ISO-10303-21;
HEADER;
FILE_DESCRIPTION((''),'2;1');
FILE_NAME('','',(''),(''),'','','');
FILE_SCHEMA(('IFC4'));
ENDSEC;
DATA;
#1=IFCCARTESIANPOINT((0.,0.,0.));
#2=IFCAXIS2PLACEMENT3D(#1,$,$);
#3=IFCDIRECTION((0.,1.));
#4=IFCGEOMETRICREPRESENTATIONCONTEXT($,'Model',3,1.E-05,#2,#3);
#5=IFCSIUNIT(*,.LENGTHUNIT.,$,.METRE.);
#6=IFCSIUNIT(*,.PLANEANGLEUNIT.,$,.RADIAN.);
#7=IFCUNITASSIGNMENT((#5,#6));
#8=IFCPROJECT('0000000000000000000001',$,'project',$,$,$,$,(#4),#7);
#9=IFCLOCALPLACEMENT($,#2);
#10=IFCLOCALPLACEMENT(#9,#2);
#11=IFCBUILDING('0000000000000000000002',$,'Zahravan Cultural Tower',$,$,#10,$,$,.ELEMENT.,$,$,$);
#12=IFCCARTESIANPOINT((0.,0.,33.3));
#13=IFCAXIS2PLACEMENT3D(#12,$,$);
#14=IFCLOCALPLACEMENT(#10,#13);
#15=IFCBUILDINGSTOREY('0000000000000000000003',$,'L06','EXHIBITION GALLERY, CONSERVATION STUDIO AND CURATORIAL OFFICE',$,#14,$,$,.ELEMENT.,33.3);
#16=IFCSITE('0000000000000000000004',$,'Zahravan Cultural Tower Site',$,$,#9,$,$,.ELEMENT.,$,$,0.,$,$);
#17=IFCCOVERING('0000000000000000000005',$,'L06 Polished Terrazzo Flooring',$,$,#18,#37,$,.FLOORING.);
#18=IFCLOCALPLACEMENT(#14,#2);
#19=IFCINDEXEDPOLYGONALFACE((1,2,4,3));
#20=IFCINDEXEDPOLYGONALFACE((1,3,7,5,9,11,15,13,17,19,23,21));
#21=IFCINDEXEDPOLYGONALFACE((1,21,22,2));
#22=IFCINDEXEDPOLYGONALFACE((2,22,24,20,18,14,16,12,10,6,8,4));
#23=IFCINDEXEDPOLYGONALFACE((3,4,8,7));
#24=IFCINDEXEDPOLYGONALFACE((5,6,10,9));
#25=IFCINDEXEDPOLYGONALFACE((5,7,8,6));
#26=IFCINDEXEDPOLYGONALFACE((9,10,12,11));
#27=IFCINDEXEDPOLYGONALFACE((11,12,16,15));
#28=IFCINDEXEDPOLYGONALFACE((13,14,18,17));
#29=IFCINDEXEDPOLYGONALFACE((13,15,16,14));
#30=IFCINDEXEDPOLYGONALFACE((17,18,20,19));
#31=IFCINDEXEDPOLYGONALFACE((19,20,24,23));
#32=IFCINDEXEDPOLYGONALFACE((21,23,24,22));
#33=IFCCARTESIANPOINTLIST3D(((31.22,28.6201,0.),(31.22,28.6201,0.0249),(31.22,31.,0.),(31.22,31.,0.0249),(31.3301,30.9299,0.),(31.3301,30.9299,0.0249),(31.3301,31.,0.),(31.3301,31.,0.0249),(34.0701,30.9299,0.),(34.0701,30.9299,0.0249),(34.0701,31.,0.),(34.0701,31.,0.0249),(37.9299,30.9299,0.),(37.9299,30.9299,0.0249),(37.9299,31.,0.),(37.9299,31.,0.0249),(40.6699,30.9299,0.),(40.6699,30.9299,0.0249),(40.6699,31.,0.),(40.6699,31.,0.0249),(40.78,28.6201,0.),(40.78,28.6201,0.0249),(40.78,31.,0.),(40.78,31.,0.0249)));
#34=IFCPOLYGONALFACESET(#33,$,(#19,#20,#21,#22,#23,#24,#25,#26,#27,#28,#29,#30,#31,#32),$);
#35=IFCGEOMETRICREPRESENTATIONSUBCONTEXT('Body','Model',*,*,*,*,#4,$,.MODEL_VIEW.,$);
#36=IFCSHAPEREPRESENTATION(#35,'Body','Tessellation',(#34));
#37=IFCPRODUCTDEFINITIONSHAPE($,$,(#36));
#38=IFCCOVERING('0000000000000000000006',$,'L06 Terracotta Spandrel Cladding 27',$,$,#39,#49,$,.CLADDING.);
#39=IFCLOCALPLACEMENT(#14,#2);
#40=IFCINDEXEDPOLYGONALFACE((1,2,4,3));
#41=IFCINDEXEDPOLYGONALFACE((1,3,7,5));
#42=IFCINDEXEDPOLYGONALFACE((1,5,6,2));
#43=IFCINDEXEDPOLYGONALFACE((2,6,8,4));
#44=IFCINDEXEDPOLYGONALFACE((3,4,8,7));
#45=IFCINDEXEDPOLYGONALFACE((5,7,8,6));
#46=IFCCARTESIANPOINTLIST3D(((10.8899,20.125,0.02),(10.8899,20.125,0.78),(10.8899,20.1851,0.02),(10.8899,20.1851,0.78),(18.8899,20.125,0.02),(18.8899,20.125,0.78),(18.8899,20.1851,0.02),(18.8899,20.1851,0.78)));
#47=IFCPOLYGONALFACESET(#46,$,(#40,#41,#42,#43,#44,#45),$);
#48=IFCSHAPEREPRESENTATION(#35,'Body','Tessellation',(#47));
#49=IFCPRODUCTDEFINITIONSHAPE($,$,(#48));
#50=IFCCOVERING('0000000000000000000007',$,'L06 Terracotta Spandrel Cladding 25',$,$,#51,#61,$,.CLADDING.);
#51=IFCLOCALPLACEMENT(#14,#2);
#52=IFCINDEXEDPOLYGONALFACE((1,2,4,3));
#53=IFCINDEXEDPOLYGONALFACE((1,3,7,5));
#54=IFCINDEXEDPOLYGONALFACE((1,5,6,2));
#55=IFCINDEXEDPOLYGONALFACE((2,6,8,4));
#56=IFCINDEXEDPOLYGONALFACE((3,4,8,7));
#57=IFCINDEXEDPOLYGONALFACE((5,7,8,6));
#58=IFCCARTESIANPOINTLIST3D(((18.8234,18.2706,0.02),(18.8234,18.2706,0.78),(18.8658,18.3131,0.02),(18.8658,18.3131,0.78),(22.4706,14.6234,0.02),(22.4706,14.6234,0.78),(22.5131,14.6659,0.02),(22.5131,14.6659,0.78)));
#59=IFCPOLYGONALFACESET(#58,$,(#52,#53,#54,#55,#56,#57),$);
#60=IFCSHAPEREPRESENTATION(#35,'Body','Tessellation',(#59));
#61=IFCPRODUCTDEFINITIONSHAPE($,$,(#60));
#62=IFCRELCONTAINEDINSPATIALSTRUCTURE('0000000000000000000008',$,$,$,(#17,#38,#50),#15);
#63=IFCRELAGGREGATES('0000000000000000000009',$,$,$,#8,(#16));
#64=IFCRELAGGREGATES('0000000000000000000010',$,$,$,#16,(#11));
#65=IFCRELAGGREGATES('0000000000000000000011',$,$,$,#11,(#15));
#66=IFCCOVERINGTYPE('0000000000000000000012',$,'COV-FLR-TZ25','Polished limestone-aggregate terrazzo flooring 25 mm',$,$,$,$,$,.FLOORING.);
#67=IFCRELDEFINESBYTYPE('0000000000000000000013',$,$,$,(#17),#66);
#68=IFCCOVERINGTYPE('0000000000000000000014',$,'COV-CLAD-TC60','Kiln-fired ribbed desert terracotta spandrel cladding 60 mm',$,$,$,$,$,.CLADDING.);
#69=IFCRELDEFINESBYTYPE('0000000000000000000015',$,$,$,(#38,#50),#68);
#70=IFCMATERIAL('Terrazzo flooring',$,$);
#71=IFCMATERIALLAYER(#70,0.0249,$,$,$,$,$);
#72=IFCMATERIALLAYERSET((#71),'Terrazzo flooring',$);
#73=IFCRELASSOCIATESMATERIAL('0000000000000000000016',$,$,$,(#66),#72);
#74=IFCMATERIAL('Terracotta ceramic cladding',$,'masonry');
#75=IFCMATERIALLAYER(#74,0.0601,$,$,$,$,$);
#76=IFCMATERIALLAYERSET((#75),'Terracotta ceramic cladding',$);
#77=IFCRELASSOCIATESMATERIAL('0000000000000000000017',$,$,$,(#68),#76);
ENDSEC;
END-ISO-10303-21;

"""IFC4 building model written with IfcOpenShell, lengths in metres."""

from ifc_helpers import new_model, si_unit, direction, frame, origin, origin_2d, place, context, subcontext, project, spatial, polyline, rectangle, outline, extrude, source, transform, mapped, material, layer, layer_set, type_object, element, save


model = new_model("IFC4")

# Units and contexts
model_context = context("Model", 3, precision=1e-05, world=origin(), true_north=direction((0.0, 1.0)))
body_context = subcontext(model_context, "Body", "Model", "MODEL_VIEW")
ifc_project = project(units=[si_unit("LENGTHUNIT", "METRE"), si_unit("PLANEANGLEUNIT", "RADIAN")], contexts=[model_context])

# Site, building, storey
site_placement = place(None, origin())
site = spatial("IfcSite", under=ifc_project, at=site_placement, Name="Zahravan Cultural Tower Site", CompositionType="ELEMENT", RefElevation=0.0)
building_placement = place(site_placement, origin())
building = spatial("IfcBuilding", under=site, at=building_placement, Name="Zahravan Cultural Tower", CompositionType="ELEMENT")
storey_placement = place(building_placement, frame((0.0, 0.0, 33.3)))
storey = spatial("IfcBuildingStorey", under=building, at=storey_placement, Name="L06", Description="EXHIBITION GALLERY, CONSERVATION STUDIO AND CURATORIAL OFFICE", CompositionType="ELEMENT", Elevation=33.3)

# Coverings
ifc_material_1 = material(Name="Terrazzo flooring")
ifc_layer_1 = layer(ifc_material_1, 0.0249)
ifc_layer_set_1 = layer_set([ifc_layer_1], Name="Terrazzo flooring")
covering_type_1 = type_object("IfcCoveringType", Name="COV-FLR-TZ25", Description="Polished limestone-aggregate terrazzo flooring 25 mm", PredefinedType="FLOORING", material=ifc_layer_set_1)
covering_1_placement = place(storey_placement, origin())
element("IfcCovering", 1, at=covering_1_placement, inside=storey, type_object=covering_type_1, Name="L06 Polished Terrazzo Flooring", PredefinedType="FLOORING", context=body_context, shape_type="SweptSolid", body=[
    extrude(outline(polyline([(31.22, 31.0), (31.22, 28.6201), (40.78, 28.6201), (40.78, 31.0), (40.6699, 31.0), (40.6699, 30.9299), (37.9299, 30.9299), (37.9299, 31.0), (34.0701, 31.0), (34.0701, 30.9299), (31.3301, 30.9299), (31.3301, 31.0), (31.22, 31.0)])), origin(), (0.0, 0.0, 1.0), 0.0249),
])
ifc_material_2 = material(Name="Terracotta ceramic cladding", Category="masonry")
ifc_layer_2 = layer(ifc_material_2, 0.0601)
ifc_layer_set_2 = layer_set([ifc_layer_2], Name="Terracotta ceramic cladding")
covering_type_2 = type_object("IfcCoveringType", Name="COV-CLAD-TC60", Description="Kiln-fired ribbed desert terracotta spandrel cladding 60 mm", PredefinedType="CLADDING", material=ifc_layer_set_2)
shared_shape_1 = source(origin(), body_context, "Body", "SweptSolid", [
    extrude(rectangle(XDim=8.0, YDim=0.0601, at=origin_2d()), origin(), (0.0, 0.0, 1.0), 0.76),
])
covering_2_placement = place(storey_placement, frame((14.8899, 20.155, 0.02), z_axis=(0.0, 0.0, 1.0), x_axis=(-1.0, 0.0, 0.0)))
element("IfcCovering", 2, at=covering_2_placement, inside=storey, type_object=covering_type_2, Name="L06 Terracotta Spandrel Cladding 27", PredefinedType="CLADDING", context=body_context, shape_type="MappedRepresentation", body=[
    mapped(shared_shape_1, transform((0.0, 0.0, 0.0), x_axis=(1.0, 0.0, 0.0), y_axis=(0.0, 1.0, 0.0), z_axis=(0.0, 0.0, 1.0), scale=1.0)),
])
shared_shape_2 = source(origin(), body_context, "Body", "SweptSolid", [
    extrude(rectangle(XDim=5.158, YDim=0.0601, at=origin_2d()), origin(), (0.0, 0.0, 1.0), 0.76),
])
covering_3_placement = place(storey_placement, frame((20.6682, 16.4683, 0.02), z_axis=(0.0, 0.0, 1.0), x_axis=(-0.707107, 0.707107, 0.0)))
element("IfcCovering", 3, at=covering_3_placement, inside=storey, type_object=covering_type_2, Name="L06 Terracotta Spandrel Cladding 25", PredefinedType="CLADDING", context=body_context, shape_type="MappedRepresentation", body=[
    mapped(shared_shape_2, transform((0.0, 0.0, 0.0), x_axis=(1.0, 0.0, 0.0), y_axis=(0.0, 1.0, 0.0), z_axis=(0.0, 0.0, 1.0), scale=1.0)),
])

save(model, "model.ifc")
